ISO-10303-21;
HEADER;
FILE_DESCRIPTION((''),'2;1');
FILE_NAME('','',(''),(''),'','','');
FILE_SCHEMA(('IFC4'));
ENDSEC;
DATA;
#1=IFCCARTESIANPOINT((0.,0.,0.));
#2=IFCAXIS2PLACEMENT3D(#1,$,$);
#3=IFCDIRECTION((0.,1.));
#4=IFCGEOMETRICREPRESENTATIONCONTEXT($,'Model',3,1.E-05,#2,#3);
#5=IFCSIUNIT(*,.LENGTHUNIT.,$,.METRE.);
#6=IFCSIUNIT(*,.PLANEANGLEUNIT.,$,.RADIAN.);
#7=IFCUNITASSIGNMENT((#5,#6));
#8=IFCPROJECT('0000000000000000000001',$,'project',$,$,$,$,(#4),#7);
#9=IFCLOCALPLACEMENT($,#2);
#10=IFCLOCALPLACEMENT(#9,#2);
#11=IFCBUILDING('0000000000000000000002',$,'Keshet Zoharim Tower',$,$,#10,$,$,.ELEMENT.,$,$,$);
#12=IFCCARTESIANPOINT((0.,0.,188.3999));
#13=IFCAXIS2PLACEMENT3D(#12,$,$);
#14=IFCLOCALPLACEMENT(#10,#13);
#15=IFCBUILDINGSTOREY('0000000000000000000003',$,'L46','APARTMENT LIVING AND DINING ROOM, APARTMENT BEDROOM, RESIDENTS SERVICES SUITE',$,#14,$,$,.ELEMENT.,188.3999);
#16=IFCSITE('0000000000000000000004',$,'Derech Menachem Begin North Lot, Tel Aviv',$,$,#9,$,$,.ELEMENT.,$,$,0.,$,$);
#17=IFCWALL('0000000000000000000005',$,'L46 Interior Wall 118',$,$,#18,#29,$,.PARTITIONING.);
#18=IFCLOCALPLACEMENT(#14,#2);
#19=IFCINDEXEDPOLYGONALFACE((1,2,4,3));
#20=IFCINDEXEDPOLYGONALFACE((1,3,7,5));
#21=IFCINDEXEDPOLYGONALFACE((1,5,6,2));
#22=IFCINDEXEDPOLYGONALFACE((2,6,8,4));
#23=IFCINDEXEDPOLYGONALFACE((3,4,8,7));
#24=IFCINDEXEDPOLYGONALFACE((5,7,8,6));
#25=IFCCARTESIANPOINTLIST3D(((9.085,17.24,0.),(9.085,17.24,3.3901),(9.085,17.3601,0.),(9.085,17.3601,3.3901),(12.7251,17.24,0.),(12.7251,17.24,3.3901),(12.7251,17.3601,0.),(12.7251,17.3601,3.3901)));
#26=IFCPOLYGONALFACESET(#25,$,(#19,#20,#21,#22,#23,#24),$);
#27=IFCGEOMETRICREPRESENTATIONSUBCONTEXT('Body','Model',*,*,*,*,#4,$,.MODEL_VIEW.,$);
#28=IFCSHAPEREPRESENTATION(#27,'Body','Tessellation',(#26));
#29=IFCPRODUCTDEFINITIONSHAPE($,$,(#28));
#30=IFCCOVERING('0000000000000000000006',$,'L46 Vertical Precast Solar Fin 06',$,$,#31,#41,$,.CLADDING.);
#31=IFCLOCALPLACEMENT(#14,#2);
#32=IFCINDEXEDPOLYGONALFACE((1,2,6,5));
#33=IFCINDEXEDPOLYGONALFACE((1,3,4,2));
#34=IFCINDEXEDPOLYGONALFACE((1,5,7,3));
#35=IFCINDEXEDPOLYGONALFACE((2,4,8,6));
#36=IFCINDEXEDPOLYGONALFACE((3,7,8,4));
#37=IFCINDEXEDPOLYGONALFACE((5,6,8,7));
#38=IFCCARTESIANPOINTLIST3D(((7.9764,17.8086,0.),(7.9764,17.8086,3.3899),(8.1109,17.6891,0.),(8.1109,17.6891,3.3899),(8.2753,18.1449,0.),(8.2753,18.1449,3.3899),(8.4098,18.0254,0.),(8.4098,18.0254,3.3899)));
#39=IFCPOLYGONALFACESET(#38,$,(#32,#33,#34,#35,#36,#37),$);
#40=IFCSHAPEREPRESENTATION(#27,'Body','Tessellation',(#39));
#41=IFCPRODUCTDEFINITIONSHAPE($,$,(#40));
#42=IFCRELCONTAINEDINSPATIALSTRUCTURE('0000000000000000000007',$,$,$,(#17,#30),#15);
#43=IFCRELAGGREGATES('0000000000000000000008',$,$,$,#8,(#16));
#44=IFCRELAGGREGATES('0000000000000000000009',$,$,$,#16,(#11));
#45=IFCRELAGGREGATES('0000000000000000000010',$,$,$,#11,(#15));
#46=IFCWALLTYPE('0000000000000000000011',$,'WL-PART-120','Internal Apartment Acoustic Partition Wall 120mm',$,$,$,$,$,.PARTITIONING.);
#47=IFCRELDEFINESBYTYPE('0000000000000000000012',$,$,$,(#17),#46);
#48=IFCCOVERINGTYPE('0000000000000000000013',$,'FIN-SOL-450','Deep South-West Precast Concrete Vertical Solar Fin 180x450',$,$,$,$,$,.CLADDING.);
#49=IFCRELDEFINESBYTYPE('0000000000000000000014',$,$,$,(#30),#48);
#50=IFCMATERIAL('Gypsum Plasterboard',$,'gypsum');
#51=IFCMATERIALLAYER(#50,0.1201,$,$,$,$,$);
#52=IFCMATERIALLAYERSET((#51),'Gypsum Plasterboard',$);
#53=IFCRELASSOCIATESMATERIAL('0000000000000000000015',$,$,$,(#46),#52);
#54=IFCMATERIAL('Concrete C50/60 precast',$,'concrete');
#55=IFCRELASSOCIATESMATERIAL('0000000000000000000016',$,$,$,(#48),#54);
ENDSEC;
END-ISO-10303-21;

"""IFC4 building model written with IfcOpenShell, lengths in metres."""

from ifc_helpers import new_model, si_unit, direction, frame, frame_2d, origin, origin_2d, place, context, subcontext, project, spatial, rectangle, extrude, material, layer, layer_set, type_object, element, save


model = new_model("IFC4")

# Units and contexts
model_context = context("Model", 3, precision=1e-05, world=origin(), true_north=direction((0.0, 1.0)))
body_context = subcontext(model_context, "Body", "Model", "MODEL_VIEW")
ifc_project = project(units=[si_unit("LENGTHUNIT", "METRE"), si_unit("PLANEANGLEUNIT", "RADIAN")], contexts=[model_context])

# Site, building, storey
site_placement = place(None, origin())
site = spatial("IfcSite", under=ifc_project, at=site_placement, Name="Derech Menachem Begin North Lot, Tel Aviv", CompositionType="ELEMENT", RefElevation=0.0)
building_placement = place(site_placement, origin())
building = spatial("IfcBuilding", under=site, at=building_placement, Name="Keshet Zoharim Tower", CompositionType="ELEMENT")
storey_placement = place(building_placement, frame((0.0, 0.0, 188.3999)))
storey = spatial("IfcBuildingStorey", under=building, at=storey_placement, Name="L46", Description="APARTMENT LIVING AND DINING ROOM, APARTMENT BEDROOM, RESIDENTS SERVICES SUITE", CompositionType="ELEMENT", Elevation=188.3999)

# Shared definitions
ifc_material_1 = material(Name="Gypsum Plasterboard", Category="gypsum")

# Wall
ifc_layer_1 = layer(ifc_material_1, 0.1201)
ifc_layer_set_1 = layer_set([ifc_layer_1], Name="Gypsum Plasterboard")
wall_type_1 = type_object("IfcWallType", Name="WL-PART-120", Description="Internal Apartment Acoustic Partition Wall 120mm", PredefinedType="PARTITIONING", material=ifc_layer_set_1)
wall_1_placement = place(storey_placement, frame((9.085, 17.3, 0.0), z_axis=(0.0, 0.0, 1.0), x_axis=(1.0, 0.0, 0.0)))
element("IfcWall", 1, at=wall_1_placement, inside=storey, type_object=wall_type_1, Name="L46 Interior Wall 118", PredefinedType="PARTITIONING", context=body_context, shape_type="SweptSolid", body=[
    extrude(rectangle(XDim=3.6401, YDim=0.1201, at=frame_2d((1.8201, 0.0))), origin(), (0.0, 0.0, 1.0), 3.3901),
])

# Covering
ifc_material_2 = material(Name="Concrete C50/60 precast", Category="concrete")
covering_type = type_object("IfcCoveringType", Name="FIN-SOL-450", Description="Deep South-West Precast Concrete Vertical Solar Fin 180x450", PredefinedType="CLADDING", material=ifc_material_2)
covering_placement = place(storey_placement, frame((8.1931, 17.917, 0.0), z_axis=(0.0, 0.0, 1.0), x_axis=(-0.747409, 0.664364, 0.0)))
element("IfcCovering", 2, at=covering_placement, inside=storey, type_object=covering_type, Name="L46 Vertical Precast Solar Fin 06", PredefinedType="CLADDING", context=body_context, shape_type="SweptSolid", body=[
    extrude(rectangle(XDim=0.1799, YDim=0.45, at=origin_2d()), origin(), (0.0, 0.0, 1.0), 3.3899),
])

save(model, "model.ifc")
